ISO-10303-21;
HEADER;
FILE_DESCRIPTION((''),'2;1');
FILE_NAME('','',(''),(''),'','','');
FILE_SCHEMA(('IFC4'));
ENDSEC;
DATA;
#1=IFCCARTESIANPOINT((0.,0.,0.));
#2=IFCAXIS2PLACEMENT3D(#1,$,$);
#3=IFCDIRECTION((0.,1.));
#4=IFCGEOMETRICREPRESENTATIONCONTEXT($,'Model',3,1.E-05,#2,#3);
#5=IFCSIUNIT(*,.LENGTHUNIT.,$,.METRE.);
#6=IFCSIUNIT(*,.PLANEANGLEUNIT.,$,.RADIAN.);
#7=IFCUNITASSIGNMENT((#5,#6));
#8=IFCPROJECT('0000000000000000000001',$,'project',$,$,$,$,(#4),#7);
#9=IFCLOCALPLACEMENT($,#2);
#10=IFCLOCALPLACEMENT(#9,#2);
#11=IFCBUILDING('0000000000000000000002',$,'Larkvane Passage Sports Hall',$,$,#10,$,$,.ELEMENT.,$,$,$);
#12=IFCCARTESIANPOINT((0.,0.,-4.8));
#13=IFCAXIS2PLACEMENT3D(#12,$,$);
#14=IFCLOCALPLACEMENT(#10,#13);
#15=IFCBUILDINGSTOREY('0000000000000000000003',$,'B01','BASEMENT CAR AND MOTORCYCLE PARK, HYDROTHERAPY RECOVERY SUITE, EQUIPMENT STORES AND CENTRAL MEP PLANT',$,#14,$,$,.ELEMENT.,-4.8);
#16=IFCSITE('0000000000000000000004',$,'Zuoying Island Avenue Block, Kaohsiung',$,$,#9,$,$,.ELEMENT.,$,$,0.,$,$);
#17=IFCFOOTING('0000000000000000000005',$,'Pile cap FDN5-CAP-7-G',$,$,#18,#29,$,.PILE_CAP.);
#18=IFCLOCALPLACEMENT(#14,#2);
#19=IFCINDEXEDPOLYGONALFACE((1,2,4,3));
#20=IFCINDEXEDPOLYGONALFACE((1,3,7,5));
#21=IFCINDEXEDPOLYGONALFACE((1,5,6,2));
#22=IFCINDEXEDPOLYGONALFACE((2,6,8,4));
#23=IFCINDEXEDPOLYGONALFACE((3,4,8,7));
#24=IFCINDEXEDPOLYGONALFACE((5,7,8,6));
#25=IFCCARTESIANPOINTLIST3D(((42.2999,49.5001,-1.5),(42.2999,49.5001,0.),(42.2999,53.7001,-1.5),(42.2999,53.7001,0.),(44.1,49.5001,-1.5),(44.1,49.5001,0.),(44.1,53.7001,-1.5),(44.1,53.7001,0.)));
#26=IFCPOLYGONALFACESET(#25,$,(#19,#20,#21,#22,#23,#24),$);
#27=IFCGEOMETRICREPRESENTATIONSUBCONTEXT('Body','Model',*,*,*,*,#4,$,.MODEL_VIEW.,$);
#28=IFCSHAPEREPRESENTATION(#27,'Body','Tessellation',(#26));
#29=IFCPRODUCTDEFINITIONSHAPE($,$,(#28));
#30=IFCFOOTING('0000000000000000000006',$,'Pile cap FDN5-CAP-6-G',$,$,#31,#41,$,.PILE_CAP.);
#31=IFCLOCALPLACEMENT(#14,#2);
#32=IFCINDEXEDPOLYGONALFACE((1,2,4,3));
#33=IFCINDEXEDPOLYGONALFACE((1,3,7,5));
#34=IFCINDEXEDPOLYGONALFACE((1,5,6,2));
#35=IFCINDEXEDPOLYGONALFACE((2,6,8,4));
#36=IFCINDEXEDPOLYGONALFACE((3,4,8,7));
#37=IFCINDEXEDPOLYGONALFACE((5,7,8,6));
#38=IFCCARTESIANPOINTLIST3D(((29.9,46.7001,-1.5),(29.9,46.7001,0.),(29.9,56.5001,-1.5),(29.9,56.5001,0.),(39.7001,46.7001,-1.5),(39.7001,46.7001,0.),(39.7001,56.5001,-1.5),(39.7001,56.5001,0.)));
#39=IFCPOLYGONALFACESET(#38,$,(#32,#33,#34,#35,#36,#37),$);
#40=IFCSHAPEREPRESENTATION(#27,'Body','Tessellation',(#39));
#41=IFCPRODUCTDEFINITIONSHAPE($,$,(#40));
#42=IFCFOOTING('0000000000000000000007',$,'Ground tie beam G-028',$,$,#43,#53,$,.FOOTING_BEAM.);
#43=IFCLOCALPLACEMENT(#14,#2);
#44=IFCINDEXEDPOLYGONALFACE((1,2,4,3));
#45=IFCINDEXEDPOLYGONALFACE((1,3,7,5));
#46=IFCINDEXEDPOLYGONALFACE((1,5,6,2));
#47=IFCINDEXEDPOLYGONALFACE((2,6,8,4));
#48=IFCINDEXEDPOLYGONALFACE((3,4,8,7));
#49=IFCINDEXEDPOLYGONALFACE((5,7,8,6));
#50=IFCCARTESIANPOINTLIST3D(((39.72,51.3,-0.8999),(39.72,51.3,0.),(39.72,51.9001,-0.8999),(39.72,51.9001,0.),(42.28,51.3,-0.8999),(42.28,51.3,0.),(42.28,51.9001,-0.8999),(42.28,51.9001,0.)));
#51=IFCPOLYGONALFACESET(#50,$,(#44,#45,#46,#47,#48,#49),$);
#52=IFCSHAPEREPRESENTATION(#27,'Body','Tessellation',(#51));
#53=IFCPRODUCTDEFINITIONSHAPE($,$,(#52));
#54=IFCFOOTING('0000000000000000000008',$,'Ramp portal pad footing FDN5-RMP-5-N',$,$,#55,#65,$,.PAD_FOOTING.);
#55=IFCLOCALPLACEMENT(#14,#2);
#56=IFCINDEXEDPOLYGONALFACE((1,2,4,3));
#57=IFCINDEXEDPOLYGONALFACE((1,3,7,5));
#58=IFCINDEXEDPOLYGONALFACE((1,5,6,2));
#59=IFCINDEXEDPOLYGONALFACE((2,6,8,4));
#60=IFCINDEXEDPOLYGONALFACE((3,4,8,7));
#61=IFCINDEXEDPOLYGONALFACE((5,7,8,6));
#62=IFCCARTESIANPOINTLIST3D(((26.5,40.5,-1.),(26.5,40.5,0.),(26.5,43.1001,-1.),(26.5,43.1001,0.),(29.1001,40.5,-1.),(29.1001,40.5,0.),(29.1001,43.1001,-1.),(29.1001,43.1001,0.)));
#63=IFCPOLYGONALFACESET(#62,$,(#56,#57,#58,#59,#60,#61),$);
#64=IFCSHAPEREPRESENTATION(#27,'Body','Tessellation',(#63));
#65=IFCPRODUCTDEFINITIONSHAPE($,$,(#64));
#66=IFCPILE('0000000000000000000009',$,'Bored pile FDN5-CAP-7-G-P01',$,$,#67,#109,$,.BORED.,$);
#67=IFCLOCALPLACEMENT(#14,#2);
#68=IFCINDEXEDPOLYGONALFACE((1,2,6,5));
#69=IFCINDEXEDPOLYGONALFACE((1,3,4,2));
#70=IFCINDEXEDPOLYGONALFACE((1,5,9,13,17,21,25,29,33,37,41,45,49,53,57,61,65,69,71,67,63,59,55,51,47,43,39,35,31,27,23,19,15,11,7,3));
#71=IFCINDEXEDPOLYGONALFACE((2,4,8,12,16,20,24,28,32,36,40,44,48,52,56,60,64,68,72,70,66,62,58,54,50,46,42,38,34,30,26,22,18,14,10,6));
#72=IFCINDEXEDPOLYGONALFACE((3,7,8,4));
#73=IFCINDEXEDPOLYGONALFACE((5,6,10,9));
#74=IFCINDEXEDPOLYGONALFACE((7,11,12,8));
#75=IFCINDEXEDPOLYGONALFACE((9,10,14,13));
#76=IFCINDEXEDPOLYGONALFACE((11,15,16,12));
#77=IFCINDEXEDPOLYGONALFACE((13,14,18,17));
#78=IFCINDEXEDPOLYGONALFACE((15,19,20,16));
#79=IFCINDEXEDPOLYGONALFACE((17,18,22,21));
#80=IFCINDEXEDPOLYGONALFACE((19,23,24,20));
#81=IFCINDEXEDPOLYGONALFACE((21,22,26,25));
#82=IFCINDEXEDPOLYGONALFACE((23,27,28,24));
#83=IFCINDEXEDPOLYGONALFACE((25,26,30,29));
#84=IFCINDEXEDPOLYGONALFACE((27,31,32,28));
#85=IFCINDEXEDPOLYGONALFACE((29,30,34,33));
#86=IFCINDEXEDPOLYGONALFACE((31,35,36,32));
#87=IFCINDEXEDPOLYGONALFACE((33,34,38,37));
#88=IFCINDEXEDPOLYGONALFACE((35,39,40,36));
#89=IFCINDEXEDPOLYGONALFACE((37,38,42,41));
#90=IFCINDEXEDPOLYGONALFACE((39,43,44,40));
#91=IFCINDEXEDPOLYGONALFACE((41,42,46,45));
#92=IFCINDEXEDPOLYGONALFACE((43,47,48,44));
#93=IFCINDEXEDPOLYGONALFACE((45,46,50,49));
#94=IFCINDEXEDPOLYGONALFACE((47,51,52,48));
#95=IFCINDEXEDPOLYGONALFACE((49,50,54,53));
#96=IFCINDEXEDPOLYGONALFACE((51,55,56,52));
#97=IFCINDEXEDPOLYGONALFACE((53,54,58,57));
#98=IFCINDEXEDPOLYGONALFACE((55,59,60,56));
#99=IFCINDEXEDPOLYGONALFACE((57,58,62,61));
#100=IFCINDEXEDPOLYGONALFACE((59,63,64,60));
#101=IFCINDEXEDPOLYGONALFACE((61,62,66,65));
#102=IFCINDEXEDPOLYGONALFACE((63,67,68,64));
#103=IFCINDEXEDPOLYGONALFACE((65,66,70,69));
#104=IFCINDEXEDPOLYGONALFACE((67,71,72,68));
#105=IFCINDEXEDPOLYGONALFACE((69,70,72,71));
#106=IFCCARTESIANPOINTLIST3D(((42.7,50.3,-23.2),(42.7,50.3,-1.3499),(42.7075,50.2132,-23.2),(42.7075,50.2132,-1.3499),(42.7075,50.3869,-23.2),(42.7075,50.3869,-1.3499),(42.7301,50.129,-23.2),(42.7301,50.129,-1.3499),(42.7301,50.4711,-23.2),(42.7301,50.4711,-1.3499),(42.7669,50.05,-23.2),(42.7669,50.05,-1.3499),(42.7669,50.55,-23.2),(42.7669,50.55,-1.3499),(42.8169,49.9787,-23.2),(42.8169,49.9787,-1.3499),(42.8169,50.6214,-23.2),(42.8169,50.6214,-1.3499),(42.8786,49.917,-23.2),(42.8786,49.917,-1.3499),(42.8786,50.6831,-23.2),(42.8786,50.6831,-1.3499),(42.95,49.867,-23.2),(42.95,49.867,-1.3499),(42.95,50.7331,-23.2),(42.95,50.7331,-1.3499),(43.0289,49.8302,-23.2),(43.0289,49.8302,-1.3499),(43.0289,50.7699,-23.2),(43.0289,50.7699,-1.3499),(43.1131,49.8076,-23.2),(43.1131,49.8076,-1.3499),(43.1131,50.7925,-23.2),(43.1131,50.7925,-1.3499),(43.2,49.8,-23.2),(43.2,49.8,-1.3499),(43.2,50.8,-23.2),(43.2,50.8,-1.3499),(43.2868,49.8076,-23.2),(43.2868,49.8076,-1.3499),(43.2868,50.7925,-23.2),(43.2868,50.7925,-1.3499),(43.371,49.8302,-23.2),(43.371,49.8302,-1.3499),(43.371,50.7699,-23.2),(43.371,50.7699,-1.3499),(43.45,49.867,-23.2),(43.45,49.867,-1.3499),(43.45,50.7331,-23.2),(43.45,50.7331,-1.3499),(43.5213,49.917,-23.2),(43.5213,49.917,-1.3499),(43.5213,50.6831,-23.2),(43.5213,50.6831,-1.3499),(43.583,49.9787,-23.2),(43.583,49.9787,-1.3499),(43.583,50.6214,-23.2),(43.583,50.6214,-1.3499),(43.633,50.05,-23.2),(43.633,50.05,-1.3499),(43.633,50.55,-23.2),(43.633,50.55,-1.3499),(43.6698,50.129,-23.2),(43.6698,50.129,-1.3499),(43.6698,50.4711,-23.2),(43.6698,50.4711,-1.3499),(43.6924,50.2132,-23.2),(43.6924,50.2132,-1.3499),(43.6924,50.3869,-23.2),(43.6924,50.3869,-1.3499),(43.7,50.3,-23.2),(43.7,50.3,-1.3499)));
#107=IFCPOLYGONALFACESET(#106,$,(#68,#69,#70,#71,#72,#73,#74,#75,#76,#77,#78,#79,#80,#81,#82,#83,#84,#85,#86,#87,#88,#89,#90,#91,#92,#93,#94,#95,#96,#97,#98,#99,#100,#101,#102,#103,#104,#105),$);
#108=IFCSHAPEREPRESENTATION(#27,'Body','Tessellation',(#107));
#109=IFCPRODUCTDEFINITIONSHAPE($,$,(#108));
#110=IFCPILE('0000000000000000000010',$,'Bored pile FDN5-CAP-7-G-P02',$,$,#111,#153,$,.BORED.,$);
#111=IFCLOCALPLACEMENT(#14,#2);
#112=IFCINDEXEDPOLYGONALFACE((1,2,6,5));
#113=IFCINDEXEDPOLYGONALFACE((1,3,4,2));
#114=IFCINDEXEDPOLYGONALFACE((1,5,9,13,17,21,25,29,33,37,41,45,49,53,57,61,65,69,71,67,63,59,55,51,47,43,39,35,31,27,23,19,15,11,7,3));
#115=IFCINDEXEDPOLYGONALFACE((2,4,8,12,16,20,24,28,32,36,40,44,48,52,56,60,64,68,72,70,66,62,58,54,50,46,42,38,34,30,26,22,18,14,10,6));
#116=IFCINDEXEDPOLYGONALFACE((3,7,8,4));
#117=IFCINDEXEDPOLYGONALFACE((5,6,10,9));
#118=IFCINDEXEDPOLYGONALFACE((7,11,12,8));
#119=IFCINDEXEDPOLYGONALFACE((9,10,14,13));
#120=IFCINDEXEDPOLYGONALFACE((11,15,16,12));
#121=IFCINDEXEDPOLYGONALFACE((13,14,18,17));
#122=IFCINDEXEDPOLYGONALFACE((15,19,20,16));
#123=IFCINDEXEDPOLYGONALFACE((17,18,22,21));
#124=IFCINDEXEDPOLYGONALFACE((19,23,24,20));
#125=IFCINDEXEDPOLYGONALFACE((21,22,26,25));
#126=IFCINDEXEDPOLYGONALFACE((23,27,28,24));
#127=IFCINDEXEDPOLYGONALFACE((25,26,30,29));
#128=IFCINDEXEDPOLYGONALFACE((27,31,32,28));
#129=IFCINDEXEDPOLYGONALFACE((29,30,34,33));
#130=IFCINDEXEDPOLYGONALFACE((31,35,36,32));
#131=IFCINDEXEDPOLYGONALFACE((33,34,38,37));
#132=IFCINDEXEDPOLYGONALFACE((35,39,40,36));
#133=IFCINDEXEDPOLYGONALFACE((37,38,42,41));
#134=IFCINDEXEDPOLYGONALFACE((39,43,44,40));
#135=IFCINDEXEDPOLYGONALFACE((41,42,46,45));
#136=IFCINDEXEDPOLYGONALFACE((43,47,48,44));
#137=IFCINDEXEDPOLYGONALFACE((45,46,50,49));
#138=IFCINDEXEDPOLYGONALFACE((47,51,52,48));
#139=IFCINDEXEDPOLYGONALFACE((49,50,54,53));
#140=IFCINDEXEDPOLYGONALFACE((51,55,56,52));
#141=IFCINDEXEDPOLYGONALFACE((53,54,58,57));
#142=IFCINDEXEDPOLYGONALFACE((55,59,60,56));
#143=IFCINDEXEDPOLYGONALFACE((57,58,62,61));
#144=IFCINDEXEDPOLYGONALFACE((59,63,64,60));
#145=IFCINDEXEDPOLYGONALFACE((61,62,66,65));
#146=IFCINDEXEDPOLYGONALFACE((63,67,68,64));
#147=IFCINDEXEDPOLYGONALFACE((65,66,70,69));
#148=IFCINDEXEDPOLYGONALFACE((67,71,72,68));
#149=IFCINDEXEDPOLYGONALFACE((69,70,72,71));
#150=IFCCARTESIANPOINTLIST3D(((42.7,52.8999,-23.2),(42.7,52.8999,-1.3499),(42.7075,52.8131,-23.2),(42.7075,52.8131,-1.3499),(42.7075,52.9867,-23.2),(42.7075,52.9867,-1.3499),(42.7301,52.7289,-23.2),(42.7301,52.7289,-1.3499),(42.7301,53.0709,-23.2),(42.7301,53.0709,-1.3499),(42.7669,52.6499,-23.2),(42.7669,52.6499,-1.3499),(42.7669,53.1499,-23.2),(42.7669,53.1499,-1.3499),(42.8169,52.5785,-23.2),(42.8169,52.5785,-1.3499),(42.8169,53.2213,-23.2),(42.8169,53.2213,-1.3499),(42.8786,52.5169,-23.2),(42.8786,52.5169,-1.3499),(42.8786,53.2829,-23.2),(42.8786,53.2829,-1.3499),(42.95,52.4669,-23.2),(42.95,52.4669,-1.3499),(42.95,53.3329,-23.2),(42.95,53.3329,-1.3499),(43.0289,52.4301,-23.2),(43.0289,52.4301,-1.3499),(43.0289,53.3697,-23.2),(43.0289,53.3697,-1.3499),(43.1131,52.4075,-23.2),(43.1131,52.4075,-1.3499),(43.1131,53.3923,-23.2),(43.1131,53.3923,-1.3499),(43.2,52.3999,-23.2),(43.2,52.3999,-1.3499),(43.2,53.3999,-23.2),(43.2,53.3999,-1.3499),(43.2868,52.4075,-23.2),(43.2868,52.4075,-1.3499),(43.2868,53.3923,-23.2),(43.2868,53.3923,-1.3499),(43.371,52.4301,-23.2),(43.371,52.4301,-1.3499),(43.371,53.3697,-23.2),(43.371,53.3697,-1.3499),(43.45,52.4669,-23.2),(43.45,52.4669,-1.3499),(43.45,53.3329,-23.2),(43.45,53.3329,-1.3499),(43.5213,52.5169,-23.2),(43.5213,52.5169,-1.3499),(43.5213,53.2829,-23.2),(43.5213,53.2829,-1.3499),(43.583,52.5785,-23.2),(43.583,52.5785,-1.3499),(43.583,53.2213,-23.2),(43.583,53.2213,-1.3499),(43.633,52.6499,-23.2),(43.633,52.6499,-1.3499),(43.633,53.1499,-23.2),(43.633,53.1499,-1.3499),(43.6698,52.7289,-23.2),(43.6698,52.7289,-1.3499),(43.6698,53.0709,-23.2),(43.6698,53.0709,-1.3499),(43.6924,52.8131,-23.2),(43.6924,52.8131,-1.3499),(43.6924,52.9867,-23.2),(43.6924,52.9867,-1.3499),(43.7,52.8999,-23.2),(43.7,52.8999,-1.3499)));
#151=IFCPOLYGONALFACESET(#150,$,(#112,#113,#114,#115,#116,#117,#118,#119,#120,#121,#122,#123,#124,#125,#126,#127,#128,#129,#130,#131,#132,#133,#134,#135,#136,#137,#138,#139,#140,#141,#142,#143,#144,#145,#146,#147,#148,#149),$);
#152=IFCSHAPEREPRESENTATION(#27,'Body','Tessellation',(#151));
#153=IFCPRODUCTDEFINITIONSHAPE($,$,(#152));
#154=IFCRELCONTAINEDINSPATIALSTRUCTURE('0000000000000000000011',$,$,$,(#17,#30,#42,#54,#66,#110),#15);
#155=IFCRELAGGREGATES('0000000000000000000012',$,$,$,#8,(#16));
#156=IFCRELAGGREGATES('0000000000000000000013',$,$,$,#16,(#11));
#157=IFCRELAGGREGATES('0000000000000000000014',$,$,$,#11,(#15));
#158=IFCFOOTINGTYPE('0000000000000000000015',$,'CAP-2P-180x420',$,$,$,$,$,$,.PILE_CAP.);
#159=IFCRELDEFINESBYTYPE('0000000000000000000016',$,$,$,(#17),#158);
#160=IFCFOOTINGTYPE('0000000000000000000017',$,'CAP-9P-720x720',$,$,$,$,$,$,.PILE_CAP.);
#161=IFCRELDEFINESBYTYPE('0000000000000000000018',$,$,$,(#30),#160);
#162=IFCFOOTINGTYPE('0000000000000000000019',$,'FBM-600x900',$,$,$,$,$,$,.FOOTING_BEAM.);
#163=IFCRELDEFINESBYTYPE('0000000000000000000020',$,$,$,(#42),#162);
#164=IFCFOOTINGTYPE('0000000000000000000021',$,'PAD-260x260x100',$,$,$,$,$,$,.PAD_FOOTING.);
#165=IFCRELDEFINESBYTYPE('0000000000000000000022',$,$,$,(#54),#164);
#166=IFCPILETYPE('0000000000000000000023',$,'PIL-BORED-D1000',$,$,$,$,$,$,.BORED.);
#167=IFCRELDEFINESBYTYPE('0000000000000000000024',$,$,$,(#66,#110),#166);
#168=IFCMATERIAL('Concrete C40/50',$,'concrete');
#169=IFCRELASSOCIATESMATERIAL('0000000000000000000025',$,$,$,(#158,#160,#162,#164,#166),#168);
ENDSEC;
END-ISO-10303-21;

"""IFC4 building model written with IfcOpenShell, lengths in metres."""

from ifc_helpers import new_model, si_unit, direction, frame, origin, origin_2d, place, context, subcontext, project, spatial, rectangle, circle, extrude, material, material_profile, profile_set, type_object, element, save


model = new_model("IFC4")

# Units and contexts
model_context = context("Model", 3, precision=1e-05, world=origin(), true_north=direction((0.0, 1.0)))
body_context = subcontext(model_context, "Body", "Model", "MODEL_VIEW")
ifc_project = project(units=[si_unit("LENGTHUNIT", "METRE"), si_unit("PLANEANGLEUNIT", "RADIAN")], contexts=[model_context])

# Site, building, storey
site_placement = place(None, origin())
site = spatial("IfcSite", under=ifc_project, at=site_placement, Name="Zuoying Island Avenue Block, Kaohsiung", CompositionType="ELEMENT", RefElevation=0.0)
building_placement = place(site_placement, origin())
building = spatial("IfcBuilding", under=site, at=building_placement, Name="Larkvane Passage Sports Hall", CompositionType="ELEMENT")
storey_placement = place(building_placement, frame((0.0, 0.0, -4.8)))
storey = spatial("IfcBuildingStorey", under=building, at=storey_placement, Name="B01", Description="BASEMENT CAR AND MOTORCYCLE PARK, HYDROTHERAPY RECOVERY SUITE, EQUIPMENT STORES AND CENTRAL MEP PLANT", CompositionType="ELEMENT", Elevation=-4.8)

# Footings
ifc_material_1 = material(Name="Concrete C40/50", Category="concrete")
footing_type_1 = type_object("IfcFootingType", Name="CAP-2P-180x420", PredefinedType="PILE_CAP", material=ifc_material_1)
footing_1_placement = place(storey_placement, frame((43.2, 51.6001, -1.5), z_axis=(0.0, 0.0, 1.0), x_axis=(1.0, 0.0, 0.0)))
element("IfcFooting", 1, at=footing_1_placement, inside=storey, type_object=footing_type_1, Name="Pile cap FDN5-CAP-7-G", PredefinedType="PILE_CAP", context=body_context, shape_type="SweptSolid", body=[
    extrude(rectangle(XDim=1.8, YDim=4.2, at=origin_2d()), origin(), (0.0, 0.0, 1.0), 1.5),
])
footing_type_2 = type_object("IfcFootingType", Name="CAP-9P-720x720", PredefinedType="PILE_CAP", material=ifc_material_1)
footing_2_placement = place(storey_placement, frame((34.8, 51.6001, -1.5), z_axis=(0.0, 0.0, 1.0), x_axis=(1.0, 0.0, 0.0)))
element("IfcFooting", 2, at=footing_2_placement, inside=storey, type_object=footing_type_2, Name="Pile cap FDN5-CAP-6-G", PredefinedType="PILE_CAP", context=body_context, shape_type="SweptSolid", body=[
    extrude(rectangle(XDim=9.8, YDim=9.8, at=origin_2d()), origin(), (0.0, 0.0, 1.0), 1.5),
])
footing_type_3 = type_object("IfcFootingType", Name="FBM-600x900", PredefinedType="FOOTING_BEAM", material=ifc_material_1)
footing_3_placement = place(storey_placement, frame((41.0, 51.6001, -0.8999), z_axis=(0.0, 0.0, 1.0), x_axis=(1.0, 0.0, 0.0)))
element("IfcFooting", 3, at=footing_3_placement, inside=storey, type_object=footing_type_3, Name="Ground tie beam G-028", PredefinedType="FOOTING_BEAM", context=body_context, shape_type="SweptSolid", body=[
    extrude(rectangle(XDim=2.5601, YDim=0.6001, at=origin_2d()), origin(), (0.0, 0.0, 1.0), 0.8999),
])
footing_type_4 = type_object("IfcFootingType", Name="PAD-260x260x100", PredefinedType="PAD_FOOTING", material=ifc_material_1)
footing_4_placement = place(storey_placement, frame((27.8, 41.8, -1.0), z_axis=(0.0, 0.0, 1.0), x_axis=(1.0, 0.0, 0.0)))
element("IfcFooting", 4, at=footing_4_placement, inside=storey, type_object=footing_type_4, Name="Ramp portal pad footing FDN5-RMP-5-N", PredefinedType="PAD_FOOTING", context=body_context, shape_type="SweptSolid", body=[
    extrude(rectangle(XDim=2.6001, YDim=2.6001, at=origin_2d()), origin(), (0.0, 0.0, 1.0), 1.0),
])

# Piles
ifc_material_profile_1 = material_profile(ifc_material_1, circle(Radius=0.5, at=origin_2d()), Name="PILE-D1000")
ifc_profile_set_1 = profile_set([ifc_material_profile_1], Name="Concrete C40/50")
pile_type_1 = type_object("IfcPileType", Name="PIL-BORED-D1000", PredefinedType="BORED", material=ifc_profile_set_1)
for number, where, z_axis, x_axis, name in (
    (5, (43.2, 50.3, -1.3499), (0.0, 0.0, -1.0), (1.0, 0.0, 0.0), "Bored pile FDN5-CAP-7-G-P01"),
    (6, (43.2, 52.8999, -1.3499), (0.0, 0.0, -1.0), (1.0, 0.0, 0.0), "Bored pile FDN5-CAP-7-G-P02"),
):
    element("IfcPile", number, at=place(storey_placement, frame(where, z_axis=z_axis, x_axis=x_axis)), inside=storey, type_object=pile_type_1, Name=name, PredefinedType="BORED", context=body_context, shape_type="SweptSolid", body=[
        extrude(circle(Radius=0.5, at=origin_2d()), origin(), (0.0, 0.0, 1.0), 21.8501),
    ])

save(model, "model.ifc")
